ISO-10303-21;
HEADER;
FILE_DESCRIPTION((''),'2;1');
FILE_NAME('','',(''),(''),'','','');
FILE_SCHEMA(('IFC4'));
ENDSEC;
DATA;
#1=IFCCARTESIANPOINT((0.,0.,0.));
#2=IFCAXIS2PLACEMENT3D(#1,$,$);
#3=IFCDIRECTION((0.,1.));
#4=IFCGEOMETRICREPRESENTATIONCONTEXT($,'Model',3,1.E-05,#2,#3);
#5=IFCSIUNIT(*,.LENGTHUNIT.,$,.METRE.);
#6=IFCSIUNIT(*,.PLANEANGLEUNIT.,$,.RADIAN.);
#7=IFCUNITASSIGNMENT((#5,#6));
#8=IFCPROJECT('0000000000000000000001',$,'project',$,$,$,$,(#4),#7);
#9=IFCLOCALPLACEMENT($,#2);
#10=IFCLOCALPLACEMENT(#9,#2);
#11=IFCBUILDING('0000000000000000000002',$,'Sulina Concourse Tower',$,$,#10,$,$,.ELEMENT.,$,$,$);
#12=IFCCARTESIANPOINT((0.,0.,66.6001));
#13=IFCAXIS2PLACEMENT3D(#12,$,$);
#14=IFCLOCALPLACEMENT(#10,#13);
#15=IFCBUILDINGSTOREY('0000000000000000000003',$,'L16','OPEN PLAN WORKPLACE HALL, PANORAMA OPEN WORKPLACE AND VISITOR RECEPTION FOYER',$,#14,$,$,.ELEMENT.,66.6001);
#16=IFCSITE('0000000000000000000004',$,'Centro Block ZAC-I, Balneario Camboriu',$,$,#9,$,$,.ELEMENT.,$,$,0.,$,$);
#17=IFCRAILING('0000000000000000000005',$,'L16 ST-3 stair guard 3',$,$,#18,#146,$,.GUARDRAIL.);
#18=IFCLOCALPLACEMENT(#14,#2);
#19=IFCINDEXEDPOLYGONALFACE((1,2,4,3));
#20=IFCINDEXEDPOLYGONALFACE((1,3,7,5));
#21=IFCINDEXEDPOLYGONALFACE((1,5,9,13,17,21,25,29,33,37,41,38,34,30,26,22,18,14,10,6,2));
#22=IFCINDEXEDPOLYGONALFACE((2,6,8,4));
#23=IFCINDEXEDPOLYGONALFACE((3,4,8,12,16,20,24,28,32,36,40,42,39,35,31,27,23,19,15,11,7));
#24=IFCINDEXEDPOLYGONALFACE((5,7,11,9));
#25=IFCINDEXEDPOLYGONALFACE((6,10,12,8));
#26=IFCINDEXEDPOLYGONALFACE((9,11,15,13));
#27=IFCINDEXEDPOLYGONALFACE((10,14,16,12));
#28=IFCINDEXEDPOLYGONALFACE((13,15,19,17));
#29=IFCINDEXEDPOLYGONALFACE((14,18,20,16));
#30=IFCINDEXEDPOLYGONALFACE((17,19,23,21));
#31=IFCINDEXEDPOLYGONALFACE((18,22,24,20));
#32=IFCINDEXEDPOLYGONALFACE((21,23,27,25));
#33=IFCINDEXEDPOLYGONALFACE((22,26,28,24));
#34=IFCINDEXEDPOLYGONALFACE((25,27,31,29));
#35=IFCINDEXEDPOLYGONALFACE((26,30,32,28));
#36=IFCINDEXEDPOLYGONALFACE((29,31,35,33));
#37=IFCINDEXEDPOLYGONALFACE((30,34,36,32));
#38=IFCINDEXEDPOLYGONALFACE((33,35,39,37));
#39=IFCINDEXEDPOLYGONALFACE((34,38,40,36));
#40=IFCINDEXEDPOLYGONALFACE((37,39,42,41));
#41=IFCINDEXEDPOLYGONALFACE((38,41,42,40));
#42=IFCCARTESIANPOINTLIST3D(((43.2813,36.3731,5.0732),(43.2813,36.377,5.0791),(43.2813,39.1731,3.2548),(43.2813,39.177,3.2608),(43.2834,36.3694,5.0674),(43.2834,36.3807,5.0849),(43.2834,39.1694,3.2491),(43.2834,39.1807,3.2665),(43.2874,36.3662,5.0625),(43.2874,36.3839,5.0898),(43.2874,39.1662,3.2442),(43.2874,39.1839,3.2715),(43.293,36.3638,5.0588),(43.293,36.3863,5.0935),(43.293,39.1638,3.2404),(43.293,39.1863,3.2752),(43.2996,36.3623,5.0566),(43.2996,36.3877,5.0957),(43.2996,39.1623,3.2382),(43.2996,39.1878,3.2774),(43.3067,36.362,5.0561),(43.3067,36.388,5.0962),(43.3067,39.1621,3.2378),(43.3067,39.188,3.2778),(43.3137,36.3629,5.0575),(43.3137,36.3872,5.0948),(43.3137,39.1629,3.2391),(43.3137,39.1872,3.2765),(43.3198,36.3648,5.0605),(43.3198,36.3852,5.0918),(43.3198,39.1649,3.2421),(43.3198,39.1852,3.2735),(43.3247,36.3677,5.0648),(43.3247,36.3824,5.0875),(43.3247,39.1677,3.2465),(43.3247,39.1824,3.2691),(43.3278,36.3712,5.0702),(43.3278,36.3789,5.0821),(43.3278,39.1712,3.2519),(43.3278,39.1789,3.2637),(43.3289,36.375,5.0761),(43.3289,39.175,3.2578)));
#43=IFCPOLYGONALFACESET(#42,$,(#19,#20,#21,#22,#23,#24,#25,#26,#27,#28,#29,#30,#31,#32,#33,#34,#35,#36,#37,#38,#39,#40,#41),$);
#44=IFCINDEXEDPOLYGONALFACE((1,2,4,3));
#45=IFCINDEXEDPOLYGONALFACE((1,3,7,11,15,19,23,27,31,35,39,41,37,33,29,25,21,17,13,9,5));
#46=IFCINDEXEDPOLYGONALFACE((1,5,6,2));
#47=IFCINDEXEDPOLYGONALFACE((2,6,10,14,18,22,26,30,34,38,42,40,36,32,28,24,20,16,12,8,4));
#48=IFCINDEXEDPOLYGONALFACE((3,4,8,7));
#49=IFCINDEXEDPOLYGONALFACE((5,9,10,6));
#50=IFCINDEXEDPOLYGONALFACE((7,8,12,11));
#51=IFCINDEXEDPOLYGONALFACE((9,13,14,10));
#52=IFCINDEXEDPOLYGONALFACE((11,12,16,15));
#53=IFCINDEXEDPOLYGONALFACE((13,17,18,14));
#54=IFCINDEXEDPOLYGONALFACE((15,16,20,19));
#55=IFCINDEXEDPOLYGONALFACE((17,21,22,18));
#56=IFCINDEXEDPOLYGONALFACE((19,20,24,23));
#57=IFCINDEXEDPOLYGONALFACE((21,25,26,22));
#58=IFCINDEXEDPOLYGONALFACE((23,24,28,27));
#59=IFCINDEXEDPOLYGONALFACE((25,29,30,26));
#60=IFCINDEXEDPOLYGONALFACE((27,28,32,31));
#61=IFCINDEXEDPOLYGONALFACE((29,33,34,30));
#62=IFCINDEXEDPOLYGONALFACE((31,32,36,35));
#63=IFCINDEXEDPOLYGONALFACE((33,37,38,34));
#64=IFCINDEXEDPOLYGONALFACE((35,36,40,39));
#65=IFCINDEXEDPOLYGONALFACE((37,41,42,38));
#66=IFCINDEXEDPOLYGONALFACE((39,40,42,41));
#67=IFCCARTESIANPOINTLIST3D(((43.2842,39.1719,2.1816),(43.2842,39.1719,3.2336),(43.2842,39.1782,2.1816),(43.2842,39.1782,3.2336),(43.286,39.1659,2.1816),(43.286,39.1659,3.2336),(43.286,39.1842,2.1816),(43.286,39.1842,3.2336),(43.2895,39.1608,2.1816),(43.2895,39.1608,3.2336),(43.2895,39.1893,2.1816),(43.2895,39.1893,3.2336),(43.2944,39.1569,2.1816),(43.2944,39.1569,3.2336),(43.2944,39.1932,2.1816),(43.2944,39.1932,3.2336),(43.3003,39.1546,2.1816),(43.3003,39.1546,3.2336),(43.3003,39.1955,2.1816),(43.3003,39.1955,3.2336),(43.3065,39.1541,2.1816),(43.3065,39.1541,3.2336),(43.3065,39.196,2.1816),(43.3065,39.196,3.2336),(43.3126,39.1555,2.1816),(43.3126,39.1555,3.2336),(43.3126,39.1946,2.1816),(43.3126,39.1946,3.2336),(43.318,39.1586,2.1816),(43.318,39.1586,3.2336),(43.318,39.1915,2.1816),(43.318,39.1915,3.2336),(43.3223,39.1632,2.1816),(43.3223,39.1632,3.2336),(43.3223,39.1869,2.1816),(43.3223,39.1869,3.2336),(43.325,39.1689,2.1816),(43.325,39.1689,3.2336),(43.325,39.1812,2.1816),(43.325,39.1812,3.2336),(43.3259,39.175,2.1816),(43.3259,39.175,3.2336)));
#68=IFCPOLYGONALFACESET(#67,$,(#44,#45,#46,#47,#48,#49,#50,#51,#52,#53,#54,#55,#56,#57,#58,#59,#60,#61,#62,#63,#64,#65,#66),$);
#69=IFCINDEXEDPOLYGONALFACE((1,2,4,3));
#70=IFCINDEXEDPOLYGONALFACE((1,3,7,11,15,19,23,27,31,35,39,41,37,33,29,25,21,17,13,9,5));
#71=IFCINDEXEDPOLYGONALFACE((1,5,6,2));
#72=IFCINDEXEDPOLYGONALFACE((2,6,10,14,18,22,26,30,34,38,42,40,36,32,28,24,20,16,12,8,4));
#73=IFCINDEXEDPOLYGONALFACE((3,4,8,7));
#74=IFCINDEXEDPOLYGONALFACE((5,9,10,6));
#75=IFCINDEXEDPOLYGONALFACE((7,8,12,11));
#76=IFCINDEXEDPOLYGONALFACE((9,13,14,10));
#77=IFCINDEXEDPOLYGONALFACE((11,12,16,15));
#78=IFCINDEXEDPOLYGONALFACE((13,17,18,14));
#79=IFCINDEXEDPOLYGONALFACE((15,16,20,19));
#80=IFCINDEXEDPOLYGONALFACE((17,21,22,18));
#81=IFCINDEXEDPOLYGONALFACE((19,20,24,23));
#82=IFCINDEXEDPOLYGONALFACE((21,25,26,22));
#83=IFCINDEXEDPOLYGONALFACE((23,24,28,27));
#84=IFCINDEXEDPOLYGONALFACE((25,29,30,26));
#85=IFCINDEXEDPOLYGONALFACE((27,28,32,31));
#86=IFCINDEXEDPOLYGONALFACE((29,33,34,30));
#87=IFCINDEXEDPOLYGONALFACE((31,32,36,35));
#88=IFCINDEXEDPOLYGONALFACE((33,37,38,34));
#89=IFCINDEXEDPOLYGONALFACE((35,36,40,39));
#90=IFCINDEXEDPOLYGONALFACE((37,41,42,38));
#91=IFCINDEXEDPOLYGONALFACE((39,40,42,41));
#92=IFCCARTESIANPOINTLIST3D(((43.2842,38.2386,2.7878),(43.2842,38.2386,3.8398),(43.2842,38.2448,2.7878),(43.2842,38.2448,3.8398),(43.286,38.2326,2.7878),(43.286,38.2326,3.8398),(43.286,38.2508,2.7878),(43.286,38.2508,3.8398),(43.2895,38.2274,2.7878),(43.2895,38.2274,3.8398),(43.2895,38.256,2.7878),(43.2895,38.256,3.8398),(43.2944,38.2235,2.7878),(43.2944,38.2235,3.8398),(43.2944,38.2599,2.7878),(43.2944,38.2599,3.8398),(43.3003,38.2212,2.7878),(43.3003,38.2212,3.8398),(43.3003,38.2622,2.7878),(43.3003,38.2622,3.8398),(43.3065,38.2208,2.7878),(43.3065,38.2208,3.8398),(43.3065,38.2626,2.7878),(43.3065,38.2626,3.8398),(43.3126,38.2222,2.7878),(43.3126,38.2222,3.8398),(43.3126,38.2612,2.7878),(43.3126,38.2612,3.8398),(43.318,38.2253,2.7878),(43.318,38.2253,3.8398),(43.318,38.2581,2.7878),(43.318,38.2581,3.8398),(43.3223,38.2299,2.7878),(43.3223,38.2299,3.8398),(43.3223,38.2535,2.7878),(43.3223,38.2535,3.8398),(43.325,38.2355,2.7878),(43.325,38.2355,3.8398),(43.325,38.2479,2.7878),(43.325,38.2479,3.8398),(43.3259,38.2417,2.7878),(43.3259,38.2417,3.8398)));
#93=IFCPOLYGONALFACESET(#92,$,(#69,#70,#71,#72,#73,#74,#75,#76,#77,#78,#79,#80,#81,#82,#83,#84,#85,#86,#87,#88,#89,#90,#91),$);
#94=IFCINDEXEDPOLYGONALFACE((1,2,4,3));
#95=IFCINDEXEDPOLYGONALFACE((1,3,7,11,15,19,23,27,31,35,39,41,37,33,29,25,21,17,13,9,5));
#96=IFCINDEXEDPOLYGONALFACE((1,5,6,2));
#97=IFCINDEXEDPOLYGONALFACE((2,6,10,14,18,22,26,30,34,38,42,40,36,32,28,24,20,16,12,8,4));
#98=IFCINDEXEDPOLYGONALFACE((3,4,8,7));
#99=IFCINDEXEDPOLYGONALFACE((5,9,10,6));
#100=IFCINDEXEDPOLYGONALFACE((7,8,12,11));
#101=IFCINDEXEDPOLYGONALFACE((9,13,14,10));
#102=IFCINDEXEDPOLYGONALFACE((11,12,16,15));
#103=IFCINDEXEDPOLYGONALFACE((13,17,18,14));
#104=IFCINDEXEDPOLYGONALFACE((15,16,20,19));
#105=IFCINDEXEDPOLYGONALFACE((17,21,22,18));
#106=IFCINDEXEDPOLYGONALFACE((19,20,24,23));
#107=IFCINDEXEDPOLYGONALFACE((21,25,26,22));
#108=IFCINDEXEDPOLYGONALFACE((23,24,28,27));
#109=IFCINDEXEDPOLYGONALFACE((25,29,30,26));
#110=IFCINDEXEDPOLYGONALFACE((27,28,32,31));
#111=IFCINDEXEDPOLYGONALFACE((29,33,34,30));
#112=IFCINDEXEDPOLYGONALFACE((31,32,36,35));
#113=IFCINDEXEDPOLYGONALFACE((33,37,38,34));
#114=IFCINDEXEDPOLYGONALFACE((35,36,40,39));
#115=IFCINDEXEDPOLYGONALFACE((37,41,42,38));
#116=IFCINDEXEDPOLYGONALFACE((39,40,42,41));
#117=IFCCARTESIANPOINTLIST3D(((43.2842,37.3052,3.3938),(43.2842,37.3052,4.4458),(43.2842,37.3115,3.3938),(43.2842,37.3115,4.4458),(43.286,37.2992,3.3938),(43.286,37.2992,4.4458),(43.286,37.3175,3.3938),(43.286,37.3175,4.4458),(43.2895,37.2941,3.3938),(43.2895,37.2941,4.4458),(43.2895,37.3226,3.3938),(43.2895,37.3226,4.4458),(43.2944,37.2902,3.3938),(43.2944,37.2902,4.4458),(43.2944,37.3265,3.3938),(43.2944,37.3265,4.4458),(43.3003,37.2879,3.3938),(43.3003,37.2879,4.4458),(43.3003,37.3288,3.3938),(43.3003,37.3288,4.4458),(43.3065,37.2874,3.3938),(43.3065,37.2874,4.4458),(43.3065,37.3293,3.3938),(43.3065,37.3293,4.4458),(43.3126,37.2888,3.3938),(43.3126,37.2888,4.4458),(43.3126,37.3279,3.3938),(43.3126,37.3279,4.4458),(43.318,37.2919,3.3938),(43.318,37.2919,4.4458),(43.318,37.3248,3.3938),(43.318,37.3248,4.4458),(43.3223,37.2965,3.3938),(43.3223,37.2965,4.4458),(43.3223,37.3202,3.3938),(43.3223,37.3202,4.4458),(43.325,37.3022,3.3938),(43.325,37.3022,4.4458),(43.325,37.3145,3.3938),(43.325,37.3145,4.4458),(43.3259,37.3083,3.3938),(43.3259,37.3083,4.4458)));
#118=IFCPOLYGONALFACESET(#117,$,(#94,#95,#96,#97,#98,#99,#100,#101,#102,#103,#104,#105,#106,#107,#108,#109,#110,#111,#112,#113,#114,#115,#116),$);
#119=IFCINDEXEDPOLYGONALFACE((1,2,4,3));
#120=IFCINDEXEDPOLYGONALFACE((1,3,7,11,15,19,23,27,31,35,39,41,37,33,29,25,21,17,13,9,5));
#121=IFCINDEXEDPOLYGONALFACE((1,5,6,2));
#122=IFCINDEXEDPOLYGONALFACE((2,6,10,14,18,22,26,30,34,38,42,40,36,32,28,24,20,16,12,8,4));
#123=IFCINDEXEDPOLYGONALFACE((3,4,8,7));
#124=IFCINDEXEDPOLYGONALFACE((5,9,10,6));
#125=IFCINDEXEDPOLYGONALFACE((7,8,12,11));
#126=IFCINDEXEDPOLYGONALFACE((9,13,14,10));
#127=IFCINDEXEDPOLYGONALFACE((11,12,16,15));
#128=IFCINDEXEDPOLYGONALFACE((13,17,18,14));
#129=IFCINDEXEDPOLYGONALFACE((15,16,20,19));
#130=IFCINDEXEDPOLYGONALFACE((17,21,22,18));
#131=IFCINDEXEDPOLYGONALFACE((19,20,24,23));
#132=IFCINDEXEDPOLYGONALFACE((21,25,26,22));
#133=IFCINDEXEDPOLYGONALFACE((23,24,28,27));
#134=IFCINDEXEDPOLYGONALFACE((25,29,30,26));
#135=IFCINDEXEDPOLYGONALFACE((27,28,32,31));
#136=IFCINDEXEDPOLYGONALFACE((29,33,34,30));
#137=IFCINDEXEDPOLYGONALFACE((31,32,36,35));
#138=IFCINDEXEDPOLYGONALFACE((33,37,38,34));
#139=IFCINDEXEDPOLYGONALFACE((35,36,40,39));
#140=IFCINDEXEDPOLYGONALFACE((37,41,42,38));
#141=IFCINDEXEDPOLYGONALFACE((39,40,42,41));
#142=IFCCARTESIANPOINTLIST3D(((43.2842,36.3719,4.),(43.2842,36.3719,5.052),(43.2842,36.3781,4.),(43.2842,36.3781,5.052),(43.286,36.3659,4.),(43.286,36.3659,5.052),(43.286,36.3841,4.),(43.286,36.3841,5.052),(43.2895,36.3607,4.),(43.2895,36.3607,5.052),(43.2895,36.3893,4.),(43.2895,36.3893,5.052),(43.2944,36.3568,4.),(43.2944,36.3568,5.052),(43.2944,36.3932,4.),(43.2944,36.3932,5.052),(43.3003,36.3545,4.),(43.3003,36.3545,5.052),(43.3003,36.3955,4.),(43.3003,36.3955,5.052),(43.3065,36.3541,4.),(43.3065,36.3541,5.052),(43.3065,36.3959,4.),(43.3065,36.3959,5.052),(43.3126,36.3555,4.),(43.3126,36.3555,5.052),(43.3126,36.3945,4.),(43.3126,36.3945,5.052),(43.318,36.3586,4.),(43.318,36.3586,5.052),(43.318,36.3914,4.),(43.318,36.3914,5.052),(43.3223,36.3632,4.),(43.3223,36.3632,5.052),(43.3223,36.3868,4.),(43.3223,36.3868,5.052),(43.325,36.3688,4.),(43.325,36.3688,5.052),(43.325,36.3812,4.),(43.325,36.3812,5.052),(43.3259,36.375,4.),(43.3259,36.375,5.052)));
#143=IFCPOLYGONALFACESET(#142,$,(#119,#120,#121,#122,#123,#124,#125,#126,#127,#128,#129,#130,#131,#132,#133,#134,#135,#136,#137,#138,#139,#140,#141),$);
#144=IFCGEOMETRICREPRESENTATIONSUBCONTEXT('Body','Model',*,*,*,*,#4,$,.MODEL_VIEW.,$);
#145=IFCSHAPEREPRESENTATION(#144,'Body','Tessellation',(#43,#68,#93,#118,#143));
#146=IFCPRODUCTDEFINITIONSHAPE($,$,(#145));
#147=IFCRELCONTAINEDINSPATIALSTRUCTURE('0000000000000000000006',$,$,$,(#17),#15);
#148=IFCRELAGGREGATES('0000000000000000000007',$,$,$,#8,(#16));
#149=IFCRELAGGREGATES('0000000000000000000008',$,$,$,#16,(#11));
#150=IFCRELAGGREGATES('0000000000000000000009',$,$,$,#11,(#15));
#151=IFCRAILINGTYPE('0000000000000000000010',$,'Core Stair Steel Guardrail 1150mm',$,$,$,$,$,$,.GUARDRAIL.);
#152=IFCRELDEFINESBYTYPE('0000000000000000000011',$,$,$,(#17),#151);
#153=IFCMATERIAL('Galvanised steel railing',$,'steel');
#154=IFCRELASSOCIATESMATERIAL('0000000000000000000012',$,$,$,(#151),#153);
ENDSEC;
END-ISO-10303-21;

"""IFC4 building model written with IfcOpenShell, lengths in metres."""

from ifc_helpers import new_model, si_unit, direction, frame, origin, origin_2d, place, context, subcontext, project, spatial, circle, extrude, material, type_object, element, save


model = new_model("IFC4")

# Units and contexts
model_context = context("Model", 3, precision=1e-05, world=origin(), true_north=direction((0.0, 1.0)))
body_context = subcontext(model_context, "Body", "Model", "MODEL_VIEW")
ifc_project = project(units=[si_unit("LENGTHUNIT", "METRE"), si_unit("PLANEANGLEUNIT", "RADIAN")], contexts=[model_context])

# Site, building, storey
site_placement = place(None, origin())
site = spatial("IfcSite", under=ifc_project, at=site_placement, Name="Centro Block ZAC-I, Balneario Camboriu", CompositionType="ELEMENT", RefElevation=0.0)
building_placement = place(site_placement, origin())
building = spatial("IfcBuilding", under=site, at=building_placement, Name="Sulina Concourse Tower", CompositionType="ELEMENT")
storey_placement = place(building_placement, frame((0.0, 0.0, 66.6001)))
storey = spatial("IfcBuildingStorey", under=building, at=storey_placement, Name="L16", Description="OPEN PLAN WORKPLACE HALL, PANORAMA OPEN WORKPLACE AND VISITOR RECEPTION FOYER", CompositionType="ELEMENT", Elevation=66.6001)

# Railing
ifc_material_1 = material(Name="Galvanised steel railing", Category="steel")
railing_type_1 = type_object("IfcRailingType", Name="Core Stair Steel Guardrail 1150mm", PredefinedType="GUARDRAIL", material=ifc_material_1)
railing_1_placement = place(storey_placement, frame((43.3049, 39.175, 2.1816)))
element("IfcRailing", 1, at=railing_1_placement, inside=storey, type_object=railing_type_1, Name="L16 ST-3 stair guard 3", PredefinedType="GUARDRAIL", context=body_context, shape_type="SweptSolid", body=[
    extrude(circle(Radius=0.0239, at=origin_2d()), frame((0.0, 0.0, 1.0762), z_axis=(0.0, -0.838672, 0.544636), x_axis=(1.0, 0.0, 0.0)), (0.0, 0.0, 1.0), 3.3386),
    extrude(circle(Radius=0.021, at=origin_2d()), origin(), (0.0, 0.0, 1.0), 1.052),
    extrude(circle(Radius=0.021, at=origin_2d()), frame((0.0, -0.9333, 0.6062)), (0.0, 0.0, 1.0), 1.052),
    extrude(circle(Radius=0.021, at=origin_2d()), frame((0.0, -1.8667, 1.2122)), (0.0, 0.0, 1.0), 1.052),
    extrude(circle(Radius=0.021, at=origin_2d()), frame((0.0, -2.8, 1.8184)), (0.0, 0.0, 1.0), 1.052),
])

save(model, "model.ifc")
